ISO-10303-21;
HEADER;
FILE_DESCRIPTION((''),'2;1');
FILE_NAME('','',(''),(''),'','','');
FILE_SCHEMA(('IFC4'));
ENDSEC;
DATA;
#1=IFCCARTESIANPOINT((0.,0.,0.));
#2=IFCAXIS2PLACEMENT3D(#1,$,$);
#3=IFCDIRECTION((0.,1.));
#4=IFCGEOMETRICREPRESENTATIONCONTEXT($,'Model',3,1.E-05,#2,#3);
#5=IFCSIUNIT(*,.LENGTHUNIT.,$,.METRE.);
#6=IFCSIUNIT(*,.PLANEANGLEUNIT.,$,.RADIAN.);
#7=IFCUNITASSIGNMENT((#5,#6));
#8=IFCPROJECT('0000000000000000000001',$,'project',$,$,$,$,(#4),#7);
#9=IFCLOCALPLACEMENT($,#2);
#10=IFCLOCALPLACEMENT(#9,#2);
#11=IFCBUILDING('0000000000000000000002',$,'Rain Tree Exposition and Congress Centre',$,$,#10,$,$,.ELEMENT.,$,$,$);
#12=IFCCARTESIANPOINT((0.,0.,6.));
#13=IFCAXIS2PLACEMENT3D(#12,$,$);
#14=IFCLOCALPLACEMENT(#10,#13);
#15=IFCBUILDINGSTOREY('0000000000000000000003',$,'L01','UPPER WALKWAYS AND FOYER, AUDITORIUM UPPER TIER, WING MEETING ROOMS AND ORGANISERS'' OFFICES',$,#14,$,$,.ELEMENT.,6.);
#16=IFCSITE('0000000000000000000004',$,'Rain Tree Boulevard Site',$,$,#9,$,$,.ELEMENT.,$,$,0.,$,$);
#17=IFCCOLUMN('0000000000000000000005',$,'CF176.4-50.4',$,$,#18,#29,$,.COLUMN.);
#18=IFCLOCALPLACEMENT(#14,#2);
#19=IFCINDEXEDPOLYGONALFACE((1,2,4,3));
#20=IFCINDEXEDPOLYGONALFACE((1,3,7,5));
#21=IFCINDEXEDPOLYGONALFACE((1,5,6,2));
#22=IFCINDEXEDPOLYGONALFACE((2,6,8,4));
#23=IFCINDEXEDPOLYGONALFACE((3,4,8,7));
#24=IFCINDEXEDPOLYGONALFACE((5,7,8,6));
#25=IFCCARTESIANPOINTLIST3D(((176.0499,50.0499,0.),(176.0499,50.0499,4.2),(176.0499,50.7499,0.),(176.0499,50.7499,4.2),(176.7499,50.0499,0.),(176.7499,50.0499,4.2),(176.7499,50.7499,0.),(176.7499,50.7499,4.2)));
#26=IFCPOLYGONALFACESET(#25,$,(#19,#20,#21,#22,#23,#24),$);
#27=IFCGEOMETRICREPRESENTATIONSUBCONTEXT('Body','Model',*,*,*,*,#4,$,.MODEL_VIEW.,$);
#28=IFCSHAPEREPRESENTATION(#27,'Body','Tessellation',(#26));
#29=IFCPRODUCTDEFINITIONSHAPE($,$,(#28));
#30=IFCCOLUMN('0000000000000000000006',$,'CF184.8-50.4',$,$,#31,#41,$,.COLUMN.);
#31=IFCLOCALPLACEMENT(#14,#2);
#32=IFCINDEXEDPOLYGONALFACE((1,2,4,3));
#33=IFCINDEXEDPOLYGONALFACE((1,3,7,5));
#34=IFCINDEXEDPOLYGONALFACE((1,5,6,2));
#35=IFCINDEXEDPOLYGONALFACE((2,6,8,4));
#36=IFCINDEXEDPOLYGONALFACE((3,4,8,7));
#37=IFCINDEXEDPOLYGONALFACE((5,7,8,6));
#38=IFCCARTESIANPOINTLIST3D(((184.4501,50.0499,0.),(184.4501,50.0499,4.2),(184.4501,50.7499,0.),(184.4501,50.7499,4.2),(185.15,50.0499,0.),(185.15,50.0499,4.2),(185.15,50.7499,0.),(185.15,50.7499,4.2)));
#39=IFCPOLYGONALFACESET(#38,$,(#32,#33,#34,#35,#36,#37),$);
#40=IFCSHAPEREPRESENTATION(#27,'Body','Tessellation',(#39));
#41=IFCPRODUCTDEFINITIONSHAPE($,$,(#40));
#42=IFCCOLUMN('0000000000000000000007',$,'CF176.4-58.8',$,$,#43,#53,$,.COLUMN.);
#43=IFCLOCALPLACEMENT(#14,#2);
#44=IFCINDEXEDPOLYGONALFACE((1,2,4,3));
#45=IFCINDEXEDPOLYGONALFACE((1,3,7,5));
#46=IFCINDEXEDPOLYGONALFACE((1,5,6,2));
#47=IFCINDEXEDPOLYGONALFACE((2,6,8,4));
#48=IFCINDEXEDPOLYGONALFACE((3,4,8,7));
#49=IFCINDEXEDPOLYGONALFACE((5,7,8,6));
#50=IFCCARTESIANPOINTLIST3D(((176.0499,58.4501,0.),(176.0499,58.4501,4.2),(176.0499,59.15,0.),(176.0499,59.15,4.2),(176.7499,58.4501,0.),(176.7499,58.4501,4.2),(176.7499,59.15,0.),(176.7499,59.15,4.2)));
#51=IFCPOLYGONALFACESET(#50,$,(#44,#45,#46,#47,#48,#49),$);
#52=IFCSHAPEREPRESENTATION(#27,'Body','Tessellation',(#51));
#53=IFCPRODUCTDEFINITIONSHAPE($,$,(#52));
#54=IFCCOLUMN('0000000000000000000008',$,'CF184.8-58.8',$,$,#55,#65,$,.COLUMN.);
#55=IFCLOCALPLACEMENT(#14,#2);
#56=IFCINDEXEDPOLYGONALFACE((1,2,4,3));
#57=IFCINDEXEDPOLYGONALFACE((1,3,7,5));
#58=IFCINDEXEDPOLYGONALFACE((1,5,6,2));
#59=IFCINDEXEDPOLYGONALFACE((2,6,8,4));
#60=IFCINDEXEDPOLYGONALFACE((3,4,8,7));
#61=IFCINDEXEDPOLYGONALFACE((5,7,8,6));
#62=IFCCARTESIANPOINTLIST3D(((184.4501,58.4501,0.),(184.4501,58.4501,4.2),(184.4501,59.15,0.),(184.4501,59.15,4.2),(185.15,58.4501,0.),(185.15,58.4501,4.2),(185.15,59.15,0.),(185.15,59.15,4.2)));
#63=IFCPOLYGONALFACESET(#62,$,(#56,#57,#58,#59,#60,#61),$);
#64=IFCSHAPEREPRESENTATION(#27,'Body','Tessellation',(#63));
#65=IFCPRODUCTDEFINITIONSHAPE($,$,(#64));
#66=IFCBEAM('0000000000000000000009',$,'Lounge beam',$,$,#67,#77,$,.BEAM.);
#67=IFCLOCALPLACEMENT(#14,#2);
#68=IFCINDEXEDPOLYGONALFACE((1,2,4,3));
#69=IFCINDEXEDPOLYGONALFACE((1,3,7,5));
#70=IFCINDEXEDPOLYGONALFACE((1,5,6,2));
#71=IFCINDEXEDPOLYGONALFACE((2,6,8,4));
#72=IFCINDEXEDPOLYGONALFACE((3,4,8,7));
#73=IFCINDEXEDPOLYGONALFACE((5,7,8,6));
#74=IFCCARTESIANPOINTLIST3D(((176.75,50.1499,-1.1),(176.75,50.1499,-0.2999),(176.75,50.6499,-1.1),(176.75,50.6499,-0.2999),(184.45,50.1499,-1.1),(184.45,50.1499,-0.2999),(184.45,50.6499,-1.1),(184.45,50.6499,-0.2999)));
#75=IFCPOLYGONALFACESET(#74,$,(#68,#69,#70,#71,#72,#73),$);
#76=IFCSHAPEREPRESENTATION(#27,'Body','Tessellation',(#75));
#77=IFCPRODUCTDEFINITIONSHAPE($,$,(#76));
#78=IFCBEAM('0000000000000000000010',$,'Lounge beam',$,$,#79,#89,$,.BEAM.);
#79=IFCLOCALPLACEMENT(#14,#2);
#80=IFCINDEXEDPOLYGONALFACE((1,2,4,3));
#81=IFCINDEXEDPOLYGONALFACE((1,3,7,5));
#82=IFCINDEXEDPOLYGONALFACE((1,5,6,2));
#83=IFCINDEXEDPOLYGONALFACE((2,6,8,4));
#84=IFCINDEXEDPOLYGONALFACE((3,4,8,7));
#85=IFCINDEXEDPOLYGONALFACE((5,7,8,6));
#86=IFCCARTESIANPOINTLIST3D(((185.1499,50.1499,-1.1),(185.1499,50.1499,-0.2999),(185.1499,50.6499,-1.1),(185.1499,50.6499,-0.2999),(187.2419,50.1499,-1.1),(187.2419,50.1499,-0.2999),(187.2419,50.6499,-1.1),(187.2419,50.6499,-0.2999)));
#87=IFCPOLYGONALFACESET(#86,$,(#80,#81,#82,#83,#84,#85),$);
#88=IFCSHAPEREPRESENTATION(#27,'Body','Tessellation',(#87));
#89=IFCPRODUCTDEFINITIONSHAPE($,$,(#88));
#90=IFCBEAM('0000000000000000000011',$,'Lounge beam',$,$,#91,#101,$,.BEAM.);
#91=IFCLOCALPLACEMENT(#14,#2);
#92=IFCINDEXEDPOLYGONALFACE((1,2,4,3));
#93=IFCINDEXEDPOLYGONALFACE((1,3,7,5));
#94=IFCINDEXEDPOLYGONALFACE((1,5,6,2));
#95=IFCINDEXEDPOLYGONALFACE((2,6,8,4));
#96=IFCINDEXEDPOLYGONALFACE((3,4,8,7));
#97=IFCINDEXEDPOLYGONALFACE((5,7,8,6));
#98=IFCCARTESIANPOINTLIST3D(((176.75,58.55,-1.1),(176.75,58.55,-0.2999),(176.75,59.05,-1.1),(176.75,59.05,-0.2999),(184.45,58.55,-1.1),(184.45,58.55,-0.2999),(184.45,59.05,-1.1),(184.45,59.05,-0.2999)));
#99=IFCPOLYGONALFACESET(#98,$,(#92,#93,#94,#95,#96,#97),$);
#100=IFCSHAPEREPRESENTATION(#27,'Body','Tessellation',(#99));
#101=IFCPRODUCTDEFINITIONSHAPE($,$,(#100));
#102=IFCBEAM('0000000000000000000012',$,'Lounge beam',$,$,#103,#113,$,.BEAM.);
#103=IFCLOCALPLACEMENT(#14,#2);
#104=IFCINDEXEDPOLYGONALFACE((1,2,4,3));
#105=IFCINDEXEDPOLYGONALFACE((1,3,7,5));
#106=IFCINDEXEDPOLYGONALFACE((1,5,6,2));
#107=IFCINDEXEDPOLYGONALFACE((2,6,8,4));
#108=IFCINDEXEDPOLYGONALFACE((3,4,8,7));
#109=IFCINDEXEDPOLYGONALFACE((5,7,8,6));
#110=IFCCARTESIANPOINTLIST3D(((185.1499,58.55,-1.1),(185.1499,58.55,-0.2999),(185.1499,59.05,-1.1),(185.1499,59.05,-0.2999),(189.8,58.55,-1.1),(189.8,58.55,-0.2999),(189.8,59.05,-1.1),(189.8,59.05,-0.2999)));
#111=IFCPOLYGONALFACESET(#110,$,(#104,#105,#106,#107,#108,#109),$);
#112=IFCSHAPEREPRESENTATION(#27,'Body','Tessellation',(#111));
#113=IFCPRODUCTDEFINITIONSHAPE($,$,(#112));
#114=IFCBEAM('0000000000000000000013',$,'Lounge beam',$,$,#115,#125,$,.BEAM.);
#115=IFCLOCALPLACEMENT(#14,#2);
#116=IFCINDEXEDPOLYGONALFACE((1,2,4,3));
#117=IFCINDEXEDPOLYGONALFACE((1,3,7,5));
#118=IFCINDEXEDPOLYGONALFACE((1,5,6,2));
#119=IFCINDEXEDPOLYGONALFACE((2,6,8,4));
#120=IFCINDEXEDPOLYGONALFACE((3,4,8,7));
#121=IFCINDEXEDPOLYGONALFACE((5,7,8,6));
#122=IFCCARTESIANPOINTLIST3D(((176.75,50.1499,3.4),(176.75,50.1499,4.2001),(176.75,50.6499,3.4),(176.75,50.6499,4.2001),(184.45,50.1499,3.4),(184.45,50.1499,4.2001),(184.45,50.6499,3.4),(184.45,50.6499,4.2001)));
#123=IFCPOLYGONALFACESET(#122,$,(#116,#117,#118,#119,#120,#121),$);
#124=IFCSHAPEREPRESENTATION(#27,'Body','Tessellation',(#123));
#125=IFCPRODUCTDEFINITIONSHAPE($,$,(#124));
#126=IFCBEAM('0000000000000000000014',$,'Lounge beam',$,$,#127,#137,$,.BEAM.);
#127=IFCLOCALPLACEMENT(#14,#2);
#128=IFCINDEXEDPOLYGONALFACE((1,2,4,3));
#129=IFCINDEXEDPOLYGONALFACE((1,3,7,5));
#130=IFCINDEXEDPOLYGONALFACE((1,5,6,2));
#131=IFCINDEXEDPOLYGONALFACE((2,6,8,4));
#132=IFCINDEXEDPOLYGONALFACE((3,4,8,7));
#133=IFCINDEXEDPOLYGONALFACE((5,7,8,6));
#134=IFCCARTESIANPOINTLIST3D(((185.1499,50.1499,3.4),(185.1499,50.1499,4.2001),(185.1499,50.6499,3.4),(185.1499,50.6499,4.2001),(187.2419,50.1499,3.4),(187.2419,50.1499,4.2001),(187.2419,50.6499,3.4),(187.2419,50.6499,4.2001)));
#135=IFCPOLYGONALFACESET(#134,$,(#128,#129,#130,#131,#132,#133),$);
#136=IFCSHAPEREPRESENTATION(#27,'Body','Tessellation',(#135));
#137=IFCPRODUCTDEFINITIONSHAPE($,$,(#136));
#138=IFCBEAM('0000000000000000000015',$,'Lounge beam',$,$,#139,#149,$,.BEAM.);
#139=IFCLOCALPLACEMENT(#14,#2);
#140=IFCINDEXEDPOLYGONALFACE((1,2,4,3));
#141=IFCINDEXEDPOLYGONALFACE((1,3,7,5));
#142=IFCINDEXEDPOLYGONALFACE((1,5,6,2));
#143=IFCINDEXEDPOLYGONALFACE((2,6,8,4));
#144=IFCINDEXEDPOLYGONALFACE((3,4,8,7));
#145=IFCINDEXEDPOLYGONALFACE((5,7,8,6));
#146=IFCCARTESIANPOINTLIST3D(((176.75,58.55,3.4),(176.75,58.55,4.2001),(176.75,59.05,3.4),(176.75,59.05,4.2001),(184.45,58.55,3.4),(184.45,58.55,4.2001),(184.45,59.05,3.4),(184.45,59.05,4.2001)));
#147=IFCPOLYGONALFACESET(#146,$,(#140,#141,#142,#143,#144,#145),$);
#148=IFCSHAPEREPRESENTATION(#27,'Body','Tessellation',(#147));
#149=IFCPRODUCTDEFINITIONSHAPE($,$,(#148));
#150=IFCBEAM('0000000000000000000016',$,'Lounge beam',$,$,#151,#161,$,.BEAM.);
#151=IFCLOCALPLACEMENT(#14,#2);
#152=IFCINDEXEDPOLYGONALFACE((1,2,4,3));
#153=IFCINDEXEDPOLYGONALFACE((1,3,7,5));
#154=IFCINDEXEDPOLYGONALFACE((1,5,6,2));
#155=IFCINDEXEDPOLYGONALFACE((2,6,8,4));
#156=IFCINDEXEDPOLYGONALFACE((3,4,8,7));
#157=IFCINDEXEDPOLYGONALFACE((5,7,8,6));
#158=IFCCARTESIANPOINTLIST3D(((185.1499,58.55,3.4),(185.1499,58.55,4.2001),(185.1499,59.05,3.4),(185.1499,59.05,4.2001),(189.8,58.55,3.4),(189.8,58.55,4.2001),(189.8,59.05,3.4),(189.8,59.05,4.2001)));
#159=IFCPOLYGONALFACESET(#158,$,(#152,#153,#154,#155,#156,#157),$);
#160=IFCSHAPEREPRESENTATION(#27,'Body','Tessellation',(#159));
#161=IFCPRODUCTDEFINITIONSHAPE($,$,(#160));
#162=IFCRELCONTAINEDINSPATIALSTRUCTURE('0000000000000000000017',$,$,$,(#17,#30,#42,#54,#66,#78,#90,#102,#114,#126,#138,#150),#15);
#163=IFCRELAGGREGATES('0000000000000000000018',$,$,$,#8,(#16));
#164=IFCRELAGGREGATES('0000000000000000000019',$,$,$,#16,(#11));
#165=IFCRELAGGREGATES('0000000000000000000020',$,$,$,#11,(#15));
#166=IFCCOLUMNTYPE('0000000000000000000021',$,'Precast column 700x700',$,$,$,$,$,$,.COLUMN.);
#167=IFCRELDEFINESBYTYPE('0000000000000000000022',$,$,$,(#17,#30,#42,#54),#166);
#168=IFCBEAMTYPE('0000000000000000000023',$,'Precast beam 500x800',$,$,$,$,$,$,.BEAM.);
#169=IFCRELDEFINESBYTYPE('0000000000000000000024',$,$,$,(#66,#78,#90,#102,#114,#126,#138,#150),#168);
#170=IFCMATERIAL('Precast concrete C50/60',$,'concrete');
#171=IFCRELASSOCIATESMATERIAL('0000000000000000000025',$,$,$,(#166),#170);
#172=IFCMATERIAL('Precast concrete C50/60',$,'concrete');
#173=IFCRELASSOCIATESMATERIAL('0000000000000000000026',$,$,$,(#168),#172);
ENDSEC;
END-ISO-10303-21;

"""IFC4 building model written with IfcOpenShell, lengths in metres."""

from ifc_helpers import new_model, si_unit, direction, frame, origin, origin_2d, place, context, subcontext, project, spatial, rectangle, extrude, material, material_profile, profile_set, type_object, element, save


model = new_model("IFC4")

# Units and contexts
model_context = context("Model", 3, precision=1e-05, world=origin(), true_north=direction((0.0, 1.0)))
body_context = subcontext(model_context, "Body", "Model", "MODEL_VIEW")
ifc_project = project(units=[si_unit("LENGTHUNIT", "METRE"), si_unit("PLANEANGLEUNIT", "RADIAN")], contexts=[model_context])

# Site, building, storey
site_placement = place(None, origin())
site = spatial("IfcSite", under=ifc_project, at=site_placement, Name="Rain Tree Boulevard Site", CompositionType="ELEMENT", RefElevation=0.0)
building_placement = place(site_placement, origin())
building = spatial("IfcBuilding", under=site, at=building_placement, Name="Rain Tree Exposition and Congress Centre", CompositionType="ELEMENT")
storey_placement = place(building_placement, frame((0.0, 0.0, 6.0)))
storey = spatial("IfcBuildingStorey", under=building, at=storey_placement, Name="L01", Description="UPPER WALKWAYS AND FOYER, AUDITORIUM UPPER TIER, WING MEETING ROOMS AND ORGANISERS' OFFICES", CompositionType="ELEMENT", Elevation=6.0)

# Columns
ifc_material_1 = material(Name="Precast concrete C50/60", Category="concrete")
ifc_material_profile_1 = material_profile(ifc_material_1, rectangle(XDim=0.7, YDim=0.7, at=origin_2d()), Name="RC 700x700")
ifc_profile_set_1 = profile_set([ifc_material_profile_1], Name="Precast concrete C50/60")
column_type = type_object("IfcColumnType", Name="Precast column 700x700", PredefinedType="COLUMN", material=ifc_profile_set_1)
for number, where, z_axis, x_axis, name in (
    (1, (176.3999, 50.3999, 0.0), (0.0, 0.0, 1.0), (1.0, 0.0, 0.0), "CF176.4-50.4"),
    (2, (184.8, 50.3999, 0.0), (0.0, 0.0, 1.0), (1.0, 0.0, 0.0), "CF184.8-50.4"),
    (3, (176.3999, 58.8, 0.0), (0.0, 0.0, 1.0), (1.0, 0.0, 0.0), "CF176.4-58.8"),
    (4, (184.8, 58.8, 0.0), (0.0, 0.0, 1.0), (1.0, 0.0, 0.0), "CF184.8-58.8"),
):
    element("IfcColumn", number, at=place(storey_placement, frame(where, z_axis=z_axis, x_axis=x_axis)), inside=storey, type_object=column_type, Name=name, PredefinedType="COLUMN", context=body_context, shape_type="SweptSolid", body=[
        extrude(rectangle(XDim=0.7, YDim=0.7, at=origin_2d()), origin(), (0.0, 0.0, 1.0), 4.2),
    ])

# Beams
ifc_material_2 = material(Name="Precast concrete C50/60", Category="concrete")
ifc_material_profile_2 = material_profile(ifc_material_2, rectangle(XDim=0.5, YDim=0.8, at=origin_2d()), Name="RC 500x800")
ifc_profile_set_2 = profile_set([ifc_material_profile_2], Name="Precast concrete C50/60")
beam_type = type_object("IfcBeamType", Name="Precast beam 500x800", PredefinedType="BEAM", material=ifc_profile_set_2)
beam_1_placement = place(storey_placement, frame((176.75, 50.3999, -0.7), z_axis=(1.0, 0.0, 0.0), x_axis=(0.0, 1.0, 0.0)))
element("IfcBeam", 5, at=beam_1_placement, inside=storey, type_object=beam_type, Name="Lounge beam", PredefinedType="BEAM", context=body_context, shape_type="SweptSolid", body=[
    extrude(rectangle(XDim=0.5, YDim=0.8, at=origin_2d()), origin(), (0.0, 0.0, 1.0), 7.7),
])
beam_2_placement = place(storey_placement, frame((185.1499, 50.3999, -0.7), z_axis=(1.0, 0.0, 0.0), x_axis=(0.0, 1.0, 0.0)))
element("IfcBeam", 6, at=beam_2_placement, inside=storey, type_object=beam_type, Name="Lounge beam", PredefinedType="BEAM", context=body_context, shape_type="SweptSolid", body=[
    extrude(rectangle(XDim=0.5, YDim=0.8, at=origin_2d()), origin(), (0.0, 0.0, 1.0), 2.092),
])
beam_3_placement = place(storey_placement, frame((176.75, 58.8, -0.7), z_axis=(1.0, 0.0, 0.0), x_axis=(0.0, 1.0, 0.0)))
element("IfcBeam", 7, at=beam_3_placement, inside=storey, type_object=beam_type, Name="Lounge beam", PredefinedType="BEAM", context=body_context, shape_type="SweptSolid", body=[
    extrude(rectangle(XDim=0.5, YDim=0.8, at=origin_2d()), origin(), (0.0, 0.0, 1.0), 7.7),
])
beam_4_placement = place(storey_placement, frame((185.1499, 58.8, -0.7), z_axis=(1.0, 0.0, 0.0), x_axis=(0.0, 1.0, 0.0)))
element("IfcBeam", 8, at=beam_4_placement, inside=storey, type_object=beam_type, Name="Lounge beam", PredefinedType="BEAM", context=body_context, shape_type="SweptSolid", body=[
    extrude(rectangle(XDim=0.5, YDim=0.8, at=origin_2d()), origin(), (0.0, 0.0, 1.0), 4.6501),
])
beam_5_placement = place(storey_placement, frame((176.75, 50.3999, 3.8), z_axis=(1.0, 0.0, 0.0), x_axis=(0.0, 1.0, 0.0)))
element("IfcBeam", 9, at=beam_5_placement, inside=storey, type_object=beam_type, Name="Lounge beam", PredefinedType="BEAM", context=body_context, shape_type="SweptSolid", body=[
    extrude(rectangle(XDim=0.5, YDim=0.8, at=origin_2d()), origin(), (0.0, 0.0, 1.0), 7.7),
])
beam_6_placement = place(storey_placement, frame((185.1499, 50.3999, 3.8), z_axis=(1.0, 0.0, 0.0), x_axis=(0.0, 1.0, 0.0)))
element("IfcBeam", 10, at=beam_6_placement, inside=storey, type_object=beam_type, Name="Lounge beam", PredefinedType="BEAM", context=body_context, shape_type="SweptSolid", body=[
    extrude(rectangle(XDim=0.5, YDim=0.8, at=origin_2d()), origin(), (0.0, 0.0, 1.0), 2.092),
])
beam_7_placement = place(storey_placement, frame((176.75, 58.8, 3.8), z_axis=(1.0, 0.0, 0.0), x_axis=(0.0, 1.0, 0.0)))
element("IfcBeam", 11, at=beam_7_placement, inside=storey, type_object=beam_type, Name="Lounge beam", PredefinedType="BEAM", context=body_context, shape_type="SweptSolid", body=[
    extrude(rectangle(XDim=0.5, YDim=0.8, at=origin_2d()), origin(), (0.0, 0.0, 1.0), 7.7),
])
beam_8_placement = place(storey_placement, frame((185.1499, 58.8, 3.8), z_axis=(1.0, 0.0, 0.0), x_axis=(0.0, 1.0, 0.0)))
element("IfcBeam", 12, at=beam_8_placement, inside=storey, type_object=beam_type, Name="Lounge beam", PredefinedType="BEAM", context=body_context, shape_type="SweptSolid", body=[
    extrude(rectangle(XDim=0.5, YDim=0.8, at=origin_2d()), origin(), (0.0, 0.0, 1.0), 4.6501),
])

save(model, "model.ifc")
